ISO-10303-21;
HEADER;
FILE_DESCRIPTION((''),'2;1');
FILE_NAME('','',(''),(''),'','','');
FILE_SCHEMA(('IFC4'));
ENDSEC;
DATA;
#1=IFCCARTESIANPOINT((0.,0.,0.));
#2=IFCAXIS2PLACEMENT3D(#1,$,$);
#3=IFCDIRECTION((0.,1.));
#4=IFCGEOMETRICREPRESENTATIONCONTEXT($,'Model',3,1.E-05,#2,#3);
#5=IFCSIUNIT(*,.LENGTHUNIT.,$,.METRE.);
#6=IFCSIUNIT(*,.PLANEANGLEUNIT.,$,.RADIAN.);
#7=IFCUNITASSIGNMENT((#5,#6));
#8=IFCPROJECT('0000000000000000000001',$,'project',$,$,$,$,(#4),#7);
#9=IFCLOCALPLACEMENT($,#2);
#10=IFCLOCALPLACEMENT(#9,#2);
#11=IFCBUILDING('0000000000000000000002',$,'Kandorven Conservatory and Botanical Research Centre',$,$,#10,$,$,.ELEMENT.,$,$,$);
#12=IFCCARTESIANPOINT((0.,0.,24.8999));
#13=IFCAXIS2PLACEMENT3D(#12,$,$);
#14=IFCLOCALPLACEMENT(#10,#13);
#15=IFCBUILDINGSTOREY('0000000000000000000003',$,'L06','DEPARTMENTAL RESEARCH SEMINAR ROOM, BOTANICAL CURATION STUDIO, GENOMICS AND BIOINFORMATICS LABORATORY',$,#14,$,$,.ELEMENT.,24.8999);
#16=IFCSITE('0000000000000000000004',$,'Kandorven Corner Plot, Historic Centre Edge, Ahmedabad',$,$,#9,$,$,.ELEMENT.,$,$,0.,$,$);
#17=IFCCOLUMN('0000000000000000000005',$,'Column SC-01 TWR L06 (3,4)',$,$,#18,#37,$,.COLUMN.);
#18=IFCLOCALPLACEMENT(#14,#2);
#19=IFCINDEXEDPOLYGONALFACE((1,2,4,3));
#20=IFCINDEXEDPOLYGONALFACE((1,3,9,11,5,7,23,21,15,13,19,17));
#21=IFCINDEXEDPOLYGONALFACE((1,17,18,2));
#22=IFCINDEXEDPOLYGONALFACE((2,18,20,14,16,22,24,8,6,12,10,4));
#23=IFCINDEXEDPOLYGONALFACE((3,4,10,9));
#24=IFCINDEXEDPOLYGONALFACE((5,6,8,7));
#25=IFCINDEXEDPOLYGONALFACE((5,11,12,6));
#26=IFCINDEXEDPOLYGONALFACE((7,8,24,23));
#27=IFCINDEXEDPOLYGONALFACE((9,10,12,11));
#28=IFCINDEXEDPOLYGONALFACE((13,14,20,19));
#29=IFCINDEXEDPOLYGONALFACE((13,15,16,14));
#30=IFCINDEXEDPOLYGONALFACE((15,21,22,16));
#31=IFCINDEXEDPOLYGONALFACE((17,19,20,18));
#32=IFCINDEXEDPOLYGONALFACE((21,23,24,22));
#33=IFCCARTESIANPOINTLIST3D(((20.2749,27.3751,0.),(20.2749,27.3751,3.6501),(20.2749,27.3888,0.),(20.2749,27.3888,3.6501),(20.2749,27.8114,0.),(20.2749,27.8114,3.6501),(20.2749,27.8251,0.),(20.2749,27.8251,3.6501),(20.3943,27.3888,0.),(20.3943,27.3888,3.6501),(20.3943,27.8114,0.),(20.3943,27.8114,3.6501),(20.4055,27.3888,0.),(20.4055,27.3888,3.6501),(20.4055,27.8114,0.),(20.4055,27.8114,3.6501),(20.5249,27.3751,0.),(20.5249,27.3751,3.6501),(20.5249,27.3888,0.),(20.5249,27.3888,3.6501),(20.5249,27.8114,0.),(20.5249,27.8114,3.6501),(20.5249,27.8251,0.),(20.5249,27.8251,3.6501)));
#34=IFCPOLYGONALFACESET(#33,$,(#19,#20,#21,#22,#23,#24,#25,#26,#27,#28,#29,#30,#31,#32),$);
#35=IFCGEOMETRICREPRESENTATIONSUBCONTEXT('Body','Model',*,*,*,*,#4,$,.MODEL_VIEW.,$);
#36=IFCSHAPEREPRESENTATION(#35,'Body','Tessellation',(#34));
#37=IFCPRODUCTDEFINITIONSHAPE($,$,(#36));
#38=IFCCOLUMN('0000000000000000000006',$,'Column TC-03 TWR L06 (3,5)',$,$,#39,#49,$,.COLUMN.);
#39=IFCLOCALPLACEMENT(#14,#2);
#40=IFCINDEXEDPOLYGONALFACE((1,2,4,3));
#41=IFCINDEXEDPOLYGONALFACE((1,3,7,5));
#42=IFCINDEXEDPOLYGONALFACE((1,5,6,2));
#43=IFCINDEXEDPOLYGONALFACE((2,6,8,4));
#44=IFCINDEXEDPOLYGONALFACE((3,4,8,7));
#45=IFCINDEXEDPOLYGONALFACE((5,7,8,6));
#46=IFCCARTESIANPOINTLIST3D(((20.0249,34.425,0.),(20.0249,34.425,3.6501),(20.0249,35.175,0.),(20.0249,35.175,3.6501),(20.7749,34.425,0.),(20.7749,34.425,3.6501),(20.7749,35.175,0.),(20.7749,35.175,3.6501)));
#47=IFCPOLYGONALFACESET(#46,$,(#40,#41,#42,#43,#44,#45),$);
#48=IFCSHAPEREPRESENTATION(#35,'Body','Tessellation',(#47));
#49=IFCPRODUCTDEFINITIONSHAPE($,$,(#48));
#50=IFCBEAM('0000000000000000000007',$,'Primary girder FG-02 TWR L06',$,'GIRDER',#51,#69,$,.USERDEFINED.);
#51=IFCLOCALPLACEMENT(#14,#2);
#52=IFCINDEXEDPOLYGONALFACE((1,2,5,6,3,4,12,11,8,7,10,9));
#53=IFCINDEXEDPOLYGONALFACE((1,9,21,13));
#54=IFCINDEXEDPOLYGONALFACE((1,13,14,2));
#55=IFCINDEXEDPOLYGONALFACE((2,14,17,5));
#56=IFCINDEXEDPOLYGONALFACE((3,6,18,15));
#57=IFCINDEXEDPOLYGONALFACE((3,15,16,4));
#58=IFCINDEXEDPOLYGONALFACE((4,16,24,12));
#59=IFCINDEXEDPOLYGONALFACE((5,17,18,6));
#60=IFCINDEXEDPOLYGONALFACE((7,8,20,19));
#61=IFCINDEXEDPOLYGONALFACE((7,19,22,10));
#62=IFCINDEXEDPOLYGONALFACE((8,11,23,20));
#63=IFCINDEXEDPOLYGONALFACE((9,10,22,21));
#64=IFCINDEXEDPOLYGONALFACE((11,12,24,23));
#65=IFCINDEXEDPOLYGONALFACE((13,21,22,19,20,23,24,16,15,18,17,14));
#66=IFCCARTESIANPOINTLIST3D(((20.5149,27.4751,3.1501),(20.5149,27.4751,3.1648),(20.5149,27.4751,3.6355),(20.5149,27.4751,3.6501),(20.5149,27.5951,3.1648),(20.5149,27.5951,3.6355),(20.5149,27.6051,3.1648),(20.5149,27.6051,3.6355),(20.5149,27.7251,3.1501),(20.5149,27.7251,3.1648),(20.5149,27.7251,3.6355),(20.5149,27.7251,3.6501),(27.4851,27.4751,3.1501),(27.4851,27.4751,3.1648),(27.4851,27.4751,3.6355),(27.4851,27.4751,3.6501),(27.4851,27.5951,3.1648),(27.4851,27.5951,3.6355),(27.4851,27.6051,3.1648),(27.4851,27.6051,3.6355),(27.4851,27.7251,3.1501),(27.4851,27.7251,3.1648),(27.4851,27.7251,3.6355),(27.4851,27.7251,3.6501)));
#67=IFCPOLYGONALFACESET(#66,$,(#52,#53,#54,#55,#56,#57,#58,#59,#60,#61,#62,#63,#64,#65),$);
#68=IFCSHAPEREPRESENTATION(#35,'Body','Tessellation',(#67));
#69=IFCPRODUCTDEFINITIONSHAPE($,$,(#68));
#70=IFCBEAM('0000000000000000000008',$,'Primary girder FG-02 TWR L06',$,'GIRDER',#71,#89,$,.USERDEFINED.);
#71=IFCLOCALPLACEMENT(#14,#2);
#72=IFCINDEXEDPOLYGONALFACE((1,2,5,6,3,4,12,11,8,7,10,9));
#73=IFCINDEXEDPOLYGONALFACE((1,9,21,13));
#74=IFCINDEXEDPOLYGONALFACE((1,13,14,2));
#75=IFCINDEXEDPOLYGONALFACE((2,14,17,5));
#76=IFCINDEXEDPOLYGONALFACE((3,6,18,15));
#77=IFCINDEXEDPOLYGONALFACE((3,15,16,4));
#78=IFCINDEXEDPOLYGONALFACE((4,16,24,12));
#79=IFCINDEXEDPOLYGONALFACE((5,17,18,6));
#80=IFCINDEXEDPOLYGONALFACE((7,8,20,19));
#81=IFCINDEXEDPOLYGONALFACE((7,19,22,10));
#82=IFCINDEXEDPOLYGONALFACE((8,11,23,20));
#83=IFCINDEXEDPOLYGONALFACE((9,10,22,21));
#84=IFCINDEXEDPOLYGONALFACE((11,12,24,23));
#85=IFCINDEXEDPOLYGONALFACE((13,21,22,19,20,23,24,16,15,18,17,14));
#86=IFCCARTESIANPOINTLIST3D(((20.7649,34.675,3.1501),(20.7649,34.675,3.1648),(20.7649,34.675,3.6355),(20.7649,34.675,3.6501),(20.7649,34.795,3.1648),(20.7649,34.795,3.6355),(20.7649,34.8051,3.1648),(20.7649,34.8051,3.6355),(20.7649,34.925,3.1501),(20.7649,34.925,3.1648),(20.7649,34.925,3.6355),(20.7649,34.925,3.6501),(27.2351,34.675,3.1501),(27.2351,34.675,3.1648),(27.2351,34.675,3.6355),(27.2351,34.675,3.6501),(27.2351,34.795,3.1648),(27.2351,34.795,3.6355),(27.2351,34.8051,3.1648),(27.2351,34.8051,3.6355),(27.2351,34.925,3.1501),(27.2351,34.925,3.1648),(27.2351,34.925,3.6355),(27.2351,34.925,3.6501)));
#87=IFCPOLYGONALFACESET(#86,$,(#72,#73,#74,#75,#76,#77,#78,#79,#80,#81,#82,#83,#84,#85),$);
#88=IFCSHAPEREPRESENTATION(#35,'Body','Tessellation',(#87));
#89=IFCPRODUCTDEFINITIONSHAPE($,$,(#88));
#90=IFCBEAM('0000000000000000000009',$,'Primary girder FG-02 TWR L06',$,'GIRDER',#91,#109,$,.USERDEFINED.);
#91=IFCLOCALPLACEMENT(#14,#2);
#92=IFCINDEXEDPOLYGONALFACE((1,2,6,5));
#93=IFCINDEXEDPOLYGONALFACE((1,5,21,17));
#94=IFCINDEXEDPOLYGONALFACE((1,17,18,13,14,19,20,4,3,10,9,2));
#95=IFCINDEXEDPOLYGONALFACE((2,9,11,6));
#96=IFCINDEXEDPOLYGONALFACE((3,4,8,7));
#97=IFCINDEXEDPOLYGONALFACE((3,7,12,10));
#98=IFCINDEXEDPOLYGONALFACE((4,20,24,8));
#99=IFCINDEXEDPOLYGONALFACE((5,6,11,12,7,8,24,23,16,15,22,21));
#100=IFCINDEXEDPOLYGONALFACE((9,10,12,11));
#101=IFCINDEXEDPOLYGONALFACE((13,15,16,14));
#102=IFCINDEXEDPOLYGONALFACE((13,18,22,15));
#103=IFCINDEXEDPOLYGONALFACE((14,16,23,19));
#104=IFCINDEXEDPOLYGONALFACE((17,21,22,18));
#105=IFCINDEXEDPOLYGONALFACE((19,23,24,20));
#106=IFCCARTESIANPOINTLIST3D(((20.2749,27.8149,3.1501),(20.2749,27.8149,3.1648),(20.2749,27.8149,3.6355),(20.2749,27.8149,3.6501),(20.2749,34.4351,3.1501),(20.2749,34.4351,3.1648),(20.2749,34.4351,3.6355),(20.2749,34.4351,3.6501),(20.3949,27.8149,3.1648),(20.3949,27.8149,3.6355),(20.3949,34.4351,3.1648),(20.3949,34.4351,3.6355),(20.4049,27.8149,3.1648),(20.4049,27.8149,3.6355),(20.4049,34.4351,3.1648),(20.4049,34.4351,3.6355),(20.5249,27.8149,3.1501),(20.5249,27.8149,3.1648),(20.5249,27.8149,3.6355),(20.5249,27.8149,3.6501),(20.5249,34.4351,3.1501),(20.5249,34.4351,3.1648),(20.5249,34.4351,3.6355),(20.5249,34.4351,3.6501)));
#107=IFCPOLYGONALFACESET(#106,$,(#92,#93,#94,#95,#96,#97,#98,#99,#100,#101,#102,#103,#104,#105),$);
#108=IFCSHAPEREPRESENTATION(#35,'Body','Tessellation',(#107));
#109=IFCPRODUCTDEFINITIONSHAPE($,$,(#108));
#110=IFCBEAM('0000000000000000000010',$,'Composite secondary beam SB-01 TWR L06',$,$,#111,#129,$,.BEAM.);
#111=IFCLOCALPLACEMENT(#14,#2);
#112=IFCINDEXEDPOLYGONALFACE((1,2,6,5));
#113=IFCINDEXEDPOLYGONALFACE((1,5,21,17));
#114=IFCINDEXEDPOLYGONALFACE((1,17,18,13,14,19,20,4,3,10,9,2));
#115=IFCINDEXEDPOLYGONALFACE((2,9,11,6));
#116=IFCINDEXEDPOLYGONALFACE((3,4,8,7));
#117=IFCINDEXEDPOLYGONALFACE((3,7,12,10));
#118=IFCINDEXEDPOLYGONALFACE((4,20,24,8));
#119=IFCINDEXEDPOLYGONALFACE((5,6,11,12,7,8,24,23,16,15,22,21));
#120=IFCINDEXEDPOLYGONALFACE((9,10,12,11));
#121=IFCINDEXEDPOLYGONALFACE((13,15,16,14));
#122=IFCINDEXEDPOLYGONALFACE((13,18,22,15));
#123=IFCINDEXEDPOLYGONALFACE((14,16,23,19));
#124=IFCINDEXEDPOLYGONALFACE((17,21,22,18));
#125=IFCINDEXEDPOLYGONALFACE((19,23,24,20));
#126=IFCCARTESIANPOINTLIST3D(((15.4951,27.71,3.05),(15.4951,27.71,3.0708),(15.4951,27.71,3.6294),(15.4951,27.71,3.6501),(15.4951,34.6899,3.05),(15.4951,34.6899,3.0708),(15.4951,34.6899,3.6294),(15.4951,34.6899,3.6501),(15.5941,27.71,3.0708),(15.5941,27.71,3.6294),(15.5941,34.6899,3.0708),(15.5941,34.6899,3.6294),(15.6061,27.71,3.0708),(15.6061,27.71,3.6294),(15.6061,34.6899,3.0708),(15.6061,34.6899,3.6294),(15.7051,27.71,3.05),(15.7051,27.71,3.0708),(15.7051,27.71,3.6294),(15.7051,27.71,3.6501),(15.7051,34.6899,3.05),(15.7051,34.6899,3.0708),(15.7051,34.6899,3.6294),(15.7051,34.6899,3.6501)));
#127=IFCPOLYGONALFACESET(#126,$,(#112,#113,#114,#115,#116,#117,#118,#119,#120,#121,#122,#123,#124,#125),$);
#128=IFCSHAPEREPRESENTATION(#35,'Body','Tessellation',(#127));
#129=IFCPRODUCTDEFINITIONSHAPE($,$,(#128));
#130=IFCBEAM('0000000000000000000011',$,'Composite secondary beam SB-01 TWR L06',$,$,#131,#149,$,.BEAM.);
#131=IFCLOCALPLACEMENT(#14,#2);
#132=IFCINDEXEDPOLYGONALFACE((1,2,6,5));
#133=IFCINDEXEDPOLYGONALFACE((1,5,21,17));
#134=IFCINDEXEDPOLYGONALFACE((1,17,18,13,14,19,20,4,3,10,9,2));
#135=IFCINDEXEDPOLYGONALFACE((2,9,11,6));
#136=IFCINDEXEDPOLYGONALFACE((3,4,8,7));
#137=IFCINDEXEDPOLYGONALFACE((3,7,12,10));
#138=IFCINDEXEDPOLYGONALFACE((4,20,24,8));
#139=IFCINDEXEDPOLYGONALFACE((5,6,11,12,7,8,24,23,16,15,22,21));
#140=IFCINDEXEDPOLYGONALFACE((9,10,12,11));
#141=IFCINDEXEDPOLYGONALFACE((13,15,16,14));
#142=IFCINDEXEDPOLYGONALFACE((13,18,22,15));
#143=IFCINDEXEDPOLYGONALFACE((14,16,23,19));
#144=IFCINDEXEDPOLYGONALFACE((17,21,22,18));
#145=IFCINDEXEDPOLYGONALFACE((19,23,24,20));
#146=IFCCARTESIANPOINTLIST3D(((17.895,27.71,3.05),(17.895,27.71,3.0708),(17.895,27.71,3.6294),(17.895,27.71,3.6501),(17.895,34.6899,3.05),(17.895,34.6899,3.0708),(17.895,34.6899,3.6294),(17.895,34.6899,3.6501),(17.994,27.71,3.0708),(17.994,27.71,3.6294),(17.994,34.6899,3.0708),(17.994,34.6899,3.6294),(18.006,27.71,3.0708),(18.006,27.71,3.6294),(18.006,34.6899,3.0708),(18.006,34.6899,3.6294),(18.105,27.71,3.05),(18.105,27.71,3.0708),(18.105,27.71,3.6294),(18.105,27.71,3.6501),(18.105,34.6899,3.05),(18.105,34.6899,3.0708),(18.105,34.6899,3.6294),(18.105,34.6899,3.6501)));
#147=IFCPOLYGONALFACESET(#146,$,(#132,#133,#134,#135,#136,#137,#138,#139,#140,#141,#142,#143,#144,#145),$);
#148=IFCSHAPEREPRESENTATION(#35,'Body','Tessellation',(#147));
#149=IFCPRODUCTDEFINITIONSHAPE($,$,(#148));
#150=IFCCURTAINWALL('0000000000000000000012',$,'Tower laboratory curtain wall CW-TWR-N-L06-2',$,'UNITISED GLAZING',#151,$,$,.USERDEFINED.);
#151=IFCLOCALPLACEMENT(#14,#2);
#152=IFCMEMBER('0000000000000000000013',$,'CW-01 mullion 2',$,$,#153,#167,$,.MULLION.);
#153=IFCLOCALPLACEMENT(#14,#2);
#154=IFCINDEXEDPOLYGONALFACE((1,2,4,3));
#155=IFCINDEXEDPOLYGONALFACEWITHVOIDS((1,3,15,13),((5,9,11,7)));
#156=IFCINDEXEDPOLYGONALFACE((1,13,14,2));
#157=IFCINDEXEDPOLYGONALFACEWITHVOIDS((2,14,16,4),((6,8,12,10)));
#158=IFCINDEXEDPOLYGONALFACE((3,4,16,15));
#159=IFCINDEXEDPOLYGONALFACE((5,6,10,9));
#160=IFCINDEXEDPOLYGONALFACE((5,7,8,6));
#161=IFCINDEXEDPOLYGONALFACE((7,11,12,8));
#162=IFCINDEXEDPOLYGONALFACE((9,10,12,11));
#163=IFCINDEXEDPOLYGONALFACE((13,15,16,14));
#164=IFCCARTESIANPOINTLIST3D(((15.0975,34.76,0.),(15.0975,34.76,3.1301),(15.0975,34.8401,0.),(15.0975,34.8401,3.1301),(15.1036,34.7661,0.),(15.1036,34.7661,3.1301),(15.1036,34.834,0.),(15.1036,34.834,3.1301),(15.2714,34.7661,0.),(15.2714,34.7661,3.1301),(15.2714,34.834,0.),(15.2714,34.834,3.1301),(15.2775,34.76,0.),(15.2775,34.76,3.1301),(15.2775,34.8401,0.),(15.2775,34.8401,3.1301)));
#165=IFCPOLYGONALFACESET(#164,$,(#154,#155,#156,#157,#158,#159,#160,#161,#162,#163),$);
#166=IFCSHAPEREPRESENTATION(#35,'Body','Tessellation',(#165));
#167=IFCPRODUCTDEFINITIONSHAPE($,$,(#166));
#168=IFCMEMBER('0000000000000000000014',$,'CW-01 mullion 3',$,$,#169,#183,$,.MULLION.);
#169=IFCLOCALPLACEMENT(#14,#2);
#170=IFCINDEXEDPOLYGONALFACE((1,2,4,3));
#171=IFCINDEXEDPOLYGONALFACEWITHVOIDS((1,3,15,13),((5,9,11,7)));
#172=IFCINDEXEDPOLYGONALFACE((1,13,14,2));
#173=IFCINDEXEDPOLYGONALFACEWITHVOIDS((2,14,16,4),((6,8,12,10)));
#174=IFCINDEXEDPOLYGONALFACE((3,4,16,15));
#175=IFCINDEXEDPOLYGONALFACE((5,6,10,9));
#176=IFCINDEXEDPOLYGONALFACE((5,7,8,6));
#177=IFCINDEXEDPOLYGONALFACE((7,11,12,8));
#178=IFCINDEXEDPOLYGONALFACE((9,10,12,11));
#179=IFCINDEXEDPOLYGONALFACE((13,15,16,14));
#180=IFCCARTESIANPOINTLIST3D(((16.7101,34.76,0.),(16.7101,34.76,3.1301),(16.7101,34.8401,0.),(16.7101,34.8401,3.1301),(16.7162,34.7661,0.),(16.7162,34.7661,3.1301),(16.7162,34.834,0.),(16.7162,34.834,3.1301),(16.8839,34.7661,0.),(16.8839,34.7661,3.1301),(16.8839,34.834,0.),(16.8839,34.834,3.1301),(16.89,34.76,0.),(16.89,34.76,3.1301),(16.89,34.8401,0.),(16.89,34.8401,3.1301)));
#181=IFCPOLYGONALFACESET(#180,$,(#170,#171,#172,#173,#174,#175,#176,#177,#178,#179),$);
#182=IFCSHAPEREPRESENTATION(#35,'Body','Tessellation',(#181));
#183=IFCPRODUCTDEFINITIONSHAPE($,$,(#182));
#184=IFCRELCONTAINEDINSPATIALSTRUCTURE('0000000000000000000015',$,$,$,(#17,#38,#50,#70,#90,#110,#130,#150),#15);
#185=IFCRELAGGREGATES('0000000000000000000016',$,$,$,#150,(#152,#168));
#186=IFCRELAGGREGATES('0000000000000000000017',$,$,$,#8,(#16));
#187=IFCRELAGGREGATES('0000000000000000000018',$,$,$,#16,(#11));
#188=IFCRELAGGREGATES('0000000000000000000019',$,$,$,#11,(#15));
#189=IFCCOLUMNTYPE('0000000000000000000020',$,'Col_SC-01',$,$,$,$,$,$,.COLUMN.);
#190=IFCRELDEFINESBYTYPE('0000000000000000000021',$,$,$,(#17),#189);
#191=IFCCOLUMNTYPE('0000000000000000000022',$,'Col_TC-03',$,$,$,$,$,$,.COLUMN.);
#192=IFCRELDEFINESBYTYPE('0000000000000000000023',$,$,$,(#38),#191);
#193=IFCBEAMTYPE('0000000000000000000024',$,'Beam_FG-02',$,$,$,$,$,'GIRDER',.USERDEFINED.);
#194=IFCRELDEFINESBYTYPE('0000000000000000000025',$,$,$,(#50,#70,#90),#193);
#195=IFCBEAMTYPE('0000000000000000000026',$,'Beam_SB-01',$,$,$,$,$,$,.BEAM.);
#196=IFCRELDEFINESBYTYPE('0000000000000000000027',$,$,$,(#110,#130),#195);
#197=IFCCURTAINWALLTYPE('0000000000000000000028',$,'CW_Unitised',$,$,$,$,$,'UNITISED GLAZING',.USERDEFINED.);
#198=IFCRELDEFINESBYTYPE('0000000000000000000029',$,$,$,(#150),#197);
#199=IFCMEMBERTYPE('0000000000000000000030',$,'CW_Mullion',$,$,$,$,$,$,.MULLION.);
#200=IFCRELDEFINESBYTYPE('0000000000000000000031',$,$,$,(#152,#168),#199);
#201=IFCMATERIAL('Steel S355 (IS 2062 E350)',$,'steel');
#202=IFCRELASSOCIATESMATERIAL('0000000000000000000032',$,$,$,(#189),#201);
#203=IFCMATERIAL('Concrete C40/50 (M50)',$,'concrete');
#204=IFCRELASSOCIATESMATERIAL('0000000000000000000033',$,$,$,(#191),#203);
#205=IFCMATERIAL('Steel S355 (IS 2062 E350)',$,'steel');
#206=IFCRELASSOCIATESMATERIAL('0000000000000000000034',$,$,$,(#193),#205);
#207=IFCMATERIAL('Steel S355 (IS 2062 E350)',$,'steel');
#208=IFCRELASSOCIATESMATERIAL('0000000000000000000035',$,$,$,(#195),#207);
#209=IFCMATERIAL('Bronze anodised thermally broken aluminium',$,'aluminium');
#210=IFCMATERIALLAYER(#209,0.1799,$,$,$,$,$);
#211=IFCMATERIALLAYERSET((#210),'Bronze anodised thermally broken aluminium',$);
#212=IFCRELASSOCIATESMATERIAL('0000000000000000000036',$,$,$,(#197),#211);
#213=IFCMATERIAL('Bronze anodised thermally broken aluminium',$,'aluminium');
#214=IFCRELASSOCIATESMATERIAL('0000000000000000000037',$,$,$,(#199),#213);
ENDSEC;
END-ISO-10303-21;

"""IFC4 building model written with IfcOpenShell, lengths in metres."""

from ifc_helpers import new_model, si_unit, direction, frame, origin, origin_2d, place, context, subcontext, project, spatial, rectangle, hollow_rectangle, i_section, extrude, material, layer, layer_set, material_profile, profile_set, type_object, element, aggregate, save


model = new_model("IFC4")

# Units and contexts
model_context = context("Model", 3, precision=1e-05, world=origin(), true_north=direction((0.0, 1.0)))
body_context = subcontext(model_context, "Body", "Model", "MODEL_VIEW")
ifc_project = project(units=[si_unit("LENGTHUNIT", "METRE"), si_unit("PLANEANGLEUNIT", "RADIAN")], contexts=[model_context])

# Site, building, storey
site_placement = place(None, origin())
site = spatial("IfcSite", under=ifc_project, at=site_placement, Name="Kandorven Corner Plot, Historic Centre Edge, Ahmedabad", CompositionType="ELEMENT", RefElevation=0.0)
building_placement = place(site_placement, origin())
building = spatial("IfcBuilding", under=site, at=building_placement, Name="Kandorven Conservatory and Botanical Research Centre", CompositionType="ELEMENT")
storey_placement = place(building_placement, frame((0.0, 0.0, 24.8999)))
storey = spatial("IfcBuildingStorey", under=building, at=storey_placement, Name="L06", Description="DEPARTMENTAL RESEARCH SEMINAR ROOM, BOTANICAL CURATION STUDIO, GENOMICS AND BIOINFORMATICS LABORATORY", CompositionType="ELEMENT", Elevation=24.8999)

# Columns
ifc_material_1 = material(Name="Steel S355 (IS 2062 E350)", Category="steel")
ifc_material_profile_1 = material_profile(ifc_material_1, i_section(OverallWidth=0.25, OverallDepth=0.45, WebThickness=0.0112, FlangeThickness=0.0137, at=origin_2d()))
ifc_profile_set_1 = profile_set([ifc_material_profile_1], Name="Steel S355 (IS 2062 E350)")
column_type_1 = type_object("IfcColumnType", Name="Col_SC-01", PredefinedType="COLUMN", material=ifc_profile_set_1)
column_1_placement = place(storey_placement, frame((20.3999, 27.6001, 0.0), z_axis=(0.0, 0.0, 1.0), x_axis=(1.0, 0.0, 0.0)))
element("IfcColumn", 1, at=column_1_placement, inside=storey, type_object=column_type_1, Name="Column SC-01 TWR L06 (3,4)", PredefinedType="COLUMN", context=body_context, shape_type="SweptSolid", body=[
    extrude(i_section(OverallWidth=0.25, OverallDepth=0.45, WebThickness=0.0112, FlangeThickness=0.0137, at=origin_2d()), origin(), (0.0, 0.0, 1.0), 3.6501),
])
ifc_material_2 = material(Name="Concrete C40/50 (M50)", Category="concrete")
ifc_material_profile_2 = material_profile(ifc_material_2, rectangle(XDim=0.75, YDim=0.75, at=origin_2d()))
ifc_profile_set_2 = profile_set([ifc_material_profile_2], Name="Concrete C40/50 (M50)")
column_type_2 = type_object("IfcColumnType", Name="Col_TC-03", PredefinedType="COLUMN", material=ifc_profile_set_2)
column_2_placement = place(storey_placement, frame((20.3999, 34.8, 0.0), z_axis=(0.0, 0.0, 1.0), x_axis=(1.0, 0.0, 0.0)))
element("IfcColumn", 2, at=column_2_placement, inside=storey, type_object=column_type_2, Name="Column TC-03 TWR L06 (3,5)", PredefinedType="COLUMN", context=body_context, shape_type="SweptSolid", body=[
    extrude(rectangle(XDim=0.75, YDim=0.75, at=origin_2d()), origin(), (0.0, 0.0, 1.0), 3.6501),
])

# Beams
ifc_material_3 = material(Name="Steel S355 (IS 2062 E350)", Category="steel")
ifc_material_profile_3 = material_profile(ifc_material_3, i_section(OverallWidth=0.25, OverallDepth=0.5, WebThickness=0.01, FlangeThickness=0.0146, at=origin_2d()))
ifc_profile_set_3 = profile_set([ifc_material_profile_3], Name="Steel S355 (IS 2062 E350)")
beam_type_1 = type_object("IfcBeamType", Name="Beam_FG-02", ElementType="GIRDER", PredefinedType="USERDEFINED", material=ifc_profile_set_3)
beam_1_placement = place(storey_placement, frame((20.5149, 27.6001, 3.4001), z_axis=(1.0, 0.0, 0.0), x_axis=(0.0, 1.0, 0.0)))
element("IfcBeam", 3, at=beam_1_placement, inside=storey, type_object=beam_type_1, Name="Primary girder FG-02 TWR L06", ObjectType="GIRDER", PredefinedType="USERDEFINED", context=body_context, shape_type="SweptSolid", body=[
    extrude(i_section(OverallWidth=0.25, OverallDepth=0.5, WebThickness=0.01, FlangeThickness=0.0146, at=origin_2d()), origin(), (0.0, 0.0, 1.0), 6.9702),
])
beam_2_placement = place(storey_placement, frame((20.7649, 34.8, 3.4001), z_axis=(1.0, 0.0, 0.0), x_axis=(0.0, 1.0, 0.0)))
element("IfcBeam", 4, at=beam_2_placement, inside=storey, type_object=beam_type_1, Name="Primary girder FG-02 TWR L06", ObjectType="GIRDER", PredefinedType="USERDEFINED", context=body_context, shape_type="SweptSolid", body=[
    extrude(i_section(OverallWidth=0.25, OverallDepth=0.5, WebThickness=0.01, FlangeThickness=0.0146, at=origin_2d()), origin(), (0.0, 0.0, 1.0), 6.4702),
])
beam_3_placement = place(storey_placement, frame((20.3999, 27.8149, 3.4001), z_axis=(0.0, 1.0, 0.0), x_axis=(-1.0, 0.0, 0.0)))
element("IfcBeam", 5, at=beam_3_placement, inside=storey, type_object=beam_type_1, Name="Primary girder FG-02 TWR L06", ObjectType="GIRDER", PredefinedType="USERDEFINED", context=body_context, shape_type="SweptSolid", body=[
    extrude(i_section(OverallWidth=0.25, OverallDepth=0.5, WebThickness=0.01, FlangeThickness=0.0146, at=origin_2d()), origin(), (0.0, 0.0, 1.0), 6.6201),
])
ifc_material_4 = material(Name="Steel S355 (IS 2062 E350)", Category="steel")
ifc_material_profile_4 = material_profile(ifc_material_4, i_section(OverallWidth=0.21, OverallDepth=0.6001, WebThickness=0.012, FlangeThickness=0.0208, at=origin_2d()))
ifc_profile_set_4 = profile_set([ifc_material_profile_4], Name="Steel S355 (IS 2062 E350)")
beam_type_2 = type_object("IfcBeamType", Name="Beam_SB-01", PredefinedType="BEAM", material=ifc_profile_set_4)
for number, where, z_axis, x_axis, name in (
    (6, (15.6001, 27.71, 3.3501), (0.0, 1.0, 0.0), (-1.0, 0.0, 0.0), "Composite secondary beam SB-01 TWR L06"),
    (7, (18.0, 27.71, 3.3501), (0.0, 1.0, 0.0), (-1.0, 0.0, 0.0), "Composite secondary beam SB-01 TWR L06"),
):
    element("IfcBeam", number, at=place(storey_placement, frame(where, z_axis=z_axis, x_axis=x_axis)), inside=storey, type_object=beam_type_2, Name=name, PredefinedType="BEAM", context=body_context, shape_type="SweptSolid", body=[
        extrude(i_section(OverallWidth=0.21, OverallDepth=0.6001, WebThickness=0.012, FlangeThickness=0.0208, at=origin_2d()), origin(), (0.0, 0.0, 1.0), 6.98),
    ])

# Curtain wall, members
ifc_material_5 = material(Name="Bronze anodised thermally broken aluminium", Category="aluminium")
ifc_layer_1 = layer(ifc_material_5, 0.1799)
ifc_layer_set_1 = layer_set([ifc_layer_1], Name="Bronze anodised thermally broken aluminium")
curtain_wall_type = type_object("IfcCurtainWallType", Name="CW_Unitised", ElementType="UNITISED GLAZING", PredefinedType="USERDEFINED", material=ifc_layer_set_1)
curtain_wall_1_placement = place(storey_placement, origin())
curtain_wall_1 = element("IfcCurtainWall", 8, at=curtain_wall_1_placement, inside=storey, type_object=curtain_wall_type, Name="Tower laboratory curtain wall CW-TWR-N-L06-2", ObjectType="UNITISED GLAZING", PredefinedType="USERDEFINED")
ifc_material_6 = material(Name="Bronze anodised thermally broken aluminium", Category="aluminium")
ifc_material_profile_5 = material_profile(ifc_material_6, hollow_rectangle(XDim=0.0801, YDim=0.1799, WallThickness=0.0061, at=origin_2d()))
ifc_profile_set_5 = profile_set([ifc_material_profile_5], Name="Bronze anodised thermally broken aluminium")
member_type_1 = type_object("IfcMemberType", Name="CW_Mullion", PredefinedType="MULLION", material=ifc_profile_set_5)
member_1_placement = place(storey_placement, frame((15.1875, 34.8, 0.0), z_axis=(0.0, 0.0, 1.0), x_axis=(0.0, 1.0, 0.0)))
member_1 = element("IfcMember", 9, at=member_1_placement, type_object=member_type_1, Name="CW-01 mullion 2", PredefinedType="MULLION", context=body_context, shape_type="SweptSolid", body=[
    extrude(hollow_rectangle(XDim=0.0801, YDim=0.1799, WallThickness=0.0061, at=origin_2d()), origin(), (0.0, 0.0, 1.0), 3.1301),
])
member_2_placement = place(storey_placement, frame((16.8, 34.8, 0.0), z_axis=(0.0, 0.0, 1.0), x_axis=(0.0, 1.0, 0.0)))
member_2 = element("IfcMember", 10, at=member_2_placement, type_object=member_type_1, Name="CW-01 mullion 3", PredefinedType="MULLION", context=body_context, shape_type="SweptSolid", body=[
    extrude(hollow_rectangle(XDim=0.0801, YDim=0.1799, WallThickness=0.0061, at=origin_2d()), origin(), (0.0, 0.0, 1.0), 3.1301),
])

aggregate(curtain_wall_1, [member_1, member_2])

save(model, "model.ifc")
